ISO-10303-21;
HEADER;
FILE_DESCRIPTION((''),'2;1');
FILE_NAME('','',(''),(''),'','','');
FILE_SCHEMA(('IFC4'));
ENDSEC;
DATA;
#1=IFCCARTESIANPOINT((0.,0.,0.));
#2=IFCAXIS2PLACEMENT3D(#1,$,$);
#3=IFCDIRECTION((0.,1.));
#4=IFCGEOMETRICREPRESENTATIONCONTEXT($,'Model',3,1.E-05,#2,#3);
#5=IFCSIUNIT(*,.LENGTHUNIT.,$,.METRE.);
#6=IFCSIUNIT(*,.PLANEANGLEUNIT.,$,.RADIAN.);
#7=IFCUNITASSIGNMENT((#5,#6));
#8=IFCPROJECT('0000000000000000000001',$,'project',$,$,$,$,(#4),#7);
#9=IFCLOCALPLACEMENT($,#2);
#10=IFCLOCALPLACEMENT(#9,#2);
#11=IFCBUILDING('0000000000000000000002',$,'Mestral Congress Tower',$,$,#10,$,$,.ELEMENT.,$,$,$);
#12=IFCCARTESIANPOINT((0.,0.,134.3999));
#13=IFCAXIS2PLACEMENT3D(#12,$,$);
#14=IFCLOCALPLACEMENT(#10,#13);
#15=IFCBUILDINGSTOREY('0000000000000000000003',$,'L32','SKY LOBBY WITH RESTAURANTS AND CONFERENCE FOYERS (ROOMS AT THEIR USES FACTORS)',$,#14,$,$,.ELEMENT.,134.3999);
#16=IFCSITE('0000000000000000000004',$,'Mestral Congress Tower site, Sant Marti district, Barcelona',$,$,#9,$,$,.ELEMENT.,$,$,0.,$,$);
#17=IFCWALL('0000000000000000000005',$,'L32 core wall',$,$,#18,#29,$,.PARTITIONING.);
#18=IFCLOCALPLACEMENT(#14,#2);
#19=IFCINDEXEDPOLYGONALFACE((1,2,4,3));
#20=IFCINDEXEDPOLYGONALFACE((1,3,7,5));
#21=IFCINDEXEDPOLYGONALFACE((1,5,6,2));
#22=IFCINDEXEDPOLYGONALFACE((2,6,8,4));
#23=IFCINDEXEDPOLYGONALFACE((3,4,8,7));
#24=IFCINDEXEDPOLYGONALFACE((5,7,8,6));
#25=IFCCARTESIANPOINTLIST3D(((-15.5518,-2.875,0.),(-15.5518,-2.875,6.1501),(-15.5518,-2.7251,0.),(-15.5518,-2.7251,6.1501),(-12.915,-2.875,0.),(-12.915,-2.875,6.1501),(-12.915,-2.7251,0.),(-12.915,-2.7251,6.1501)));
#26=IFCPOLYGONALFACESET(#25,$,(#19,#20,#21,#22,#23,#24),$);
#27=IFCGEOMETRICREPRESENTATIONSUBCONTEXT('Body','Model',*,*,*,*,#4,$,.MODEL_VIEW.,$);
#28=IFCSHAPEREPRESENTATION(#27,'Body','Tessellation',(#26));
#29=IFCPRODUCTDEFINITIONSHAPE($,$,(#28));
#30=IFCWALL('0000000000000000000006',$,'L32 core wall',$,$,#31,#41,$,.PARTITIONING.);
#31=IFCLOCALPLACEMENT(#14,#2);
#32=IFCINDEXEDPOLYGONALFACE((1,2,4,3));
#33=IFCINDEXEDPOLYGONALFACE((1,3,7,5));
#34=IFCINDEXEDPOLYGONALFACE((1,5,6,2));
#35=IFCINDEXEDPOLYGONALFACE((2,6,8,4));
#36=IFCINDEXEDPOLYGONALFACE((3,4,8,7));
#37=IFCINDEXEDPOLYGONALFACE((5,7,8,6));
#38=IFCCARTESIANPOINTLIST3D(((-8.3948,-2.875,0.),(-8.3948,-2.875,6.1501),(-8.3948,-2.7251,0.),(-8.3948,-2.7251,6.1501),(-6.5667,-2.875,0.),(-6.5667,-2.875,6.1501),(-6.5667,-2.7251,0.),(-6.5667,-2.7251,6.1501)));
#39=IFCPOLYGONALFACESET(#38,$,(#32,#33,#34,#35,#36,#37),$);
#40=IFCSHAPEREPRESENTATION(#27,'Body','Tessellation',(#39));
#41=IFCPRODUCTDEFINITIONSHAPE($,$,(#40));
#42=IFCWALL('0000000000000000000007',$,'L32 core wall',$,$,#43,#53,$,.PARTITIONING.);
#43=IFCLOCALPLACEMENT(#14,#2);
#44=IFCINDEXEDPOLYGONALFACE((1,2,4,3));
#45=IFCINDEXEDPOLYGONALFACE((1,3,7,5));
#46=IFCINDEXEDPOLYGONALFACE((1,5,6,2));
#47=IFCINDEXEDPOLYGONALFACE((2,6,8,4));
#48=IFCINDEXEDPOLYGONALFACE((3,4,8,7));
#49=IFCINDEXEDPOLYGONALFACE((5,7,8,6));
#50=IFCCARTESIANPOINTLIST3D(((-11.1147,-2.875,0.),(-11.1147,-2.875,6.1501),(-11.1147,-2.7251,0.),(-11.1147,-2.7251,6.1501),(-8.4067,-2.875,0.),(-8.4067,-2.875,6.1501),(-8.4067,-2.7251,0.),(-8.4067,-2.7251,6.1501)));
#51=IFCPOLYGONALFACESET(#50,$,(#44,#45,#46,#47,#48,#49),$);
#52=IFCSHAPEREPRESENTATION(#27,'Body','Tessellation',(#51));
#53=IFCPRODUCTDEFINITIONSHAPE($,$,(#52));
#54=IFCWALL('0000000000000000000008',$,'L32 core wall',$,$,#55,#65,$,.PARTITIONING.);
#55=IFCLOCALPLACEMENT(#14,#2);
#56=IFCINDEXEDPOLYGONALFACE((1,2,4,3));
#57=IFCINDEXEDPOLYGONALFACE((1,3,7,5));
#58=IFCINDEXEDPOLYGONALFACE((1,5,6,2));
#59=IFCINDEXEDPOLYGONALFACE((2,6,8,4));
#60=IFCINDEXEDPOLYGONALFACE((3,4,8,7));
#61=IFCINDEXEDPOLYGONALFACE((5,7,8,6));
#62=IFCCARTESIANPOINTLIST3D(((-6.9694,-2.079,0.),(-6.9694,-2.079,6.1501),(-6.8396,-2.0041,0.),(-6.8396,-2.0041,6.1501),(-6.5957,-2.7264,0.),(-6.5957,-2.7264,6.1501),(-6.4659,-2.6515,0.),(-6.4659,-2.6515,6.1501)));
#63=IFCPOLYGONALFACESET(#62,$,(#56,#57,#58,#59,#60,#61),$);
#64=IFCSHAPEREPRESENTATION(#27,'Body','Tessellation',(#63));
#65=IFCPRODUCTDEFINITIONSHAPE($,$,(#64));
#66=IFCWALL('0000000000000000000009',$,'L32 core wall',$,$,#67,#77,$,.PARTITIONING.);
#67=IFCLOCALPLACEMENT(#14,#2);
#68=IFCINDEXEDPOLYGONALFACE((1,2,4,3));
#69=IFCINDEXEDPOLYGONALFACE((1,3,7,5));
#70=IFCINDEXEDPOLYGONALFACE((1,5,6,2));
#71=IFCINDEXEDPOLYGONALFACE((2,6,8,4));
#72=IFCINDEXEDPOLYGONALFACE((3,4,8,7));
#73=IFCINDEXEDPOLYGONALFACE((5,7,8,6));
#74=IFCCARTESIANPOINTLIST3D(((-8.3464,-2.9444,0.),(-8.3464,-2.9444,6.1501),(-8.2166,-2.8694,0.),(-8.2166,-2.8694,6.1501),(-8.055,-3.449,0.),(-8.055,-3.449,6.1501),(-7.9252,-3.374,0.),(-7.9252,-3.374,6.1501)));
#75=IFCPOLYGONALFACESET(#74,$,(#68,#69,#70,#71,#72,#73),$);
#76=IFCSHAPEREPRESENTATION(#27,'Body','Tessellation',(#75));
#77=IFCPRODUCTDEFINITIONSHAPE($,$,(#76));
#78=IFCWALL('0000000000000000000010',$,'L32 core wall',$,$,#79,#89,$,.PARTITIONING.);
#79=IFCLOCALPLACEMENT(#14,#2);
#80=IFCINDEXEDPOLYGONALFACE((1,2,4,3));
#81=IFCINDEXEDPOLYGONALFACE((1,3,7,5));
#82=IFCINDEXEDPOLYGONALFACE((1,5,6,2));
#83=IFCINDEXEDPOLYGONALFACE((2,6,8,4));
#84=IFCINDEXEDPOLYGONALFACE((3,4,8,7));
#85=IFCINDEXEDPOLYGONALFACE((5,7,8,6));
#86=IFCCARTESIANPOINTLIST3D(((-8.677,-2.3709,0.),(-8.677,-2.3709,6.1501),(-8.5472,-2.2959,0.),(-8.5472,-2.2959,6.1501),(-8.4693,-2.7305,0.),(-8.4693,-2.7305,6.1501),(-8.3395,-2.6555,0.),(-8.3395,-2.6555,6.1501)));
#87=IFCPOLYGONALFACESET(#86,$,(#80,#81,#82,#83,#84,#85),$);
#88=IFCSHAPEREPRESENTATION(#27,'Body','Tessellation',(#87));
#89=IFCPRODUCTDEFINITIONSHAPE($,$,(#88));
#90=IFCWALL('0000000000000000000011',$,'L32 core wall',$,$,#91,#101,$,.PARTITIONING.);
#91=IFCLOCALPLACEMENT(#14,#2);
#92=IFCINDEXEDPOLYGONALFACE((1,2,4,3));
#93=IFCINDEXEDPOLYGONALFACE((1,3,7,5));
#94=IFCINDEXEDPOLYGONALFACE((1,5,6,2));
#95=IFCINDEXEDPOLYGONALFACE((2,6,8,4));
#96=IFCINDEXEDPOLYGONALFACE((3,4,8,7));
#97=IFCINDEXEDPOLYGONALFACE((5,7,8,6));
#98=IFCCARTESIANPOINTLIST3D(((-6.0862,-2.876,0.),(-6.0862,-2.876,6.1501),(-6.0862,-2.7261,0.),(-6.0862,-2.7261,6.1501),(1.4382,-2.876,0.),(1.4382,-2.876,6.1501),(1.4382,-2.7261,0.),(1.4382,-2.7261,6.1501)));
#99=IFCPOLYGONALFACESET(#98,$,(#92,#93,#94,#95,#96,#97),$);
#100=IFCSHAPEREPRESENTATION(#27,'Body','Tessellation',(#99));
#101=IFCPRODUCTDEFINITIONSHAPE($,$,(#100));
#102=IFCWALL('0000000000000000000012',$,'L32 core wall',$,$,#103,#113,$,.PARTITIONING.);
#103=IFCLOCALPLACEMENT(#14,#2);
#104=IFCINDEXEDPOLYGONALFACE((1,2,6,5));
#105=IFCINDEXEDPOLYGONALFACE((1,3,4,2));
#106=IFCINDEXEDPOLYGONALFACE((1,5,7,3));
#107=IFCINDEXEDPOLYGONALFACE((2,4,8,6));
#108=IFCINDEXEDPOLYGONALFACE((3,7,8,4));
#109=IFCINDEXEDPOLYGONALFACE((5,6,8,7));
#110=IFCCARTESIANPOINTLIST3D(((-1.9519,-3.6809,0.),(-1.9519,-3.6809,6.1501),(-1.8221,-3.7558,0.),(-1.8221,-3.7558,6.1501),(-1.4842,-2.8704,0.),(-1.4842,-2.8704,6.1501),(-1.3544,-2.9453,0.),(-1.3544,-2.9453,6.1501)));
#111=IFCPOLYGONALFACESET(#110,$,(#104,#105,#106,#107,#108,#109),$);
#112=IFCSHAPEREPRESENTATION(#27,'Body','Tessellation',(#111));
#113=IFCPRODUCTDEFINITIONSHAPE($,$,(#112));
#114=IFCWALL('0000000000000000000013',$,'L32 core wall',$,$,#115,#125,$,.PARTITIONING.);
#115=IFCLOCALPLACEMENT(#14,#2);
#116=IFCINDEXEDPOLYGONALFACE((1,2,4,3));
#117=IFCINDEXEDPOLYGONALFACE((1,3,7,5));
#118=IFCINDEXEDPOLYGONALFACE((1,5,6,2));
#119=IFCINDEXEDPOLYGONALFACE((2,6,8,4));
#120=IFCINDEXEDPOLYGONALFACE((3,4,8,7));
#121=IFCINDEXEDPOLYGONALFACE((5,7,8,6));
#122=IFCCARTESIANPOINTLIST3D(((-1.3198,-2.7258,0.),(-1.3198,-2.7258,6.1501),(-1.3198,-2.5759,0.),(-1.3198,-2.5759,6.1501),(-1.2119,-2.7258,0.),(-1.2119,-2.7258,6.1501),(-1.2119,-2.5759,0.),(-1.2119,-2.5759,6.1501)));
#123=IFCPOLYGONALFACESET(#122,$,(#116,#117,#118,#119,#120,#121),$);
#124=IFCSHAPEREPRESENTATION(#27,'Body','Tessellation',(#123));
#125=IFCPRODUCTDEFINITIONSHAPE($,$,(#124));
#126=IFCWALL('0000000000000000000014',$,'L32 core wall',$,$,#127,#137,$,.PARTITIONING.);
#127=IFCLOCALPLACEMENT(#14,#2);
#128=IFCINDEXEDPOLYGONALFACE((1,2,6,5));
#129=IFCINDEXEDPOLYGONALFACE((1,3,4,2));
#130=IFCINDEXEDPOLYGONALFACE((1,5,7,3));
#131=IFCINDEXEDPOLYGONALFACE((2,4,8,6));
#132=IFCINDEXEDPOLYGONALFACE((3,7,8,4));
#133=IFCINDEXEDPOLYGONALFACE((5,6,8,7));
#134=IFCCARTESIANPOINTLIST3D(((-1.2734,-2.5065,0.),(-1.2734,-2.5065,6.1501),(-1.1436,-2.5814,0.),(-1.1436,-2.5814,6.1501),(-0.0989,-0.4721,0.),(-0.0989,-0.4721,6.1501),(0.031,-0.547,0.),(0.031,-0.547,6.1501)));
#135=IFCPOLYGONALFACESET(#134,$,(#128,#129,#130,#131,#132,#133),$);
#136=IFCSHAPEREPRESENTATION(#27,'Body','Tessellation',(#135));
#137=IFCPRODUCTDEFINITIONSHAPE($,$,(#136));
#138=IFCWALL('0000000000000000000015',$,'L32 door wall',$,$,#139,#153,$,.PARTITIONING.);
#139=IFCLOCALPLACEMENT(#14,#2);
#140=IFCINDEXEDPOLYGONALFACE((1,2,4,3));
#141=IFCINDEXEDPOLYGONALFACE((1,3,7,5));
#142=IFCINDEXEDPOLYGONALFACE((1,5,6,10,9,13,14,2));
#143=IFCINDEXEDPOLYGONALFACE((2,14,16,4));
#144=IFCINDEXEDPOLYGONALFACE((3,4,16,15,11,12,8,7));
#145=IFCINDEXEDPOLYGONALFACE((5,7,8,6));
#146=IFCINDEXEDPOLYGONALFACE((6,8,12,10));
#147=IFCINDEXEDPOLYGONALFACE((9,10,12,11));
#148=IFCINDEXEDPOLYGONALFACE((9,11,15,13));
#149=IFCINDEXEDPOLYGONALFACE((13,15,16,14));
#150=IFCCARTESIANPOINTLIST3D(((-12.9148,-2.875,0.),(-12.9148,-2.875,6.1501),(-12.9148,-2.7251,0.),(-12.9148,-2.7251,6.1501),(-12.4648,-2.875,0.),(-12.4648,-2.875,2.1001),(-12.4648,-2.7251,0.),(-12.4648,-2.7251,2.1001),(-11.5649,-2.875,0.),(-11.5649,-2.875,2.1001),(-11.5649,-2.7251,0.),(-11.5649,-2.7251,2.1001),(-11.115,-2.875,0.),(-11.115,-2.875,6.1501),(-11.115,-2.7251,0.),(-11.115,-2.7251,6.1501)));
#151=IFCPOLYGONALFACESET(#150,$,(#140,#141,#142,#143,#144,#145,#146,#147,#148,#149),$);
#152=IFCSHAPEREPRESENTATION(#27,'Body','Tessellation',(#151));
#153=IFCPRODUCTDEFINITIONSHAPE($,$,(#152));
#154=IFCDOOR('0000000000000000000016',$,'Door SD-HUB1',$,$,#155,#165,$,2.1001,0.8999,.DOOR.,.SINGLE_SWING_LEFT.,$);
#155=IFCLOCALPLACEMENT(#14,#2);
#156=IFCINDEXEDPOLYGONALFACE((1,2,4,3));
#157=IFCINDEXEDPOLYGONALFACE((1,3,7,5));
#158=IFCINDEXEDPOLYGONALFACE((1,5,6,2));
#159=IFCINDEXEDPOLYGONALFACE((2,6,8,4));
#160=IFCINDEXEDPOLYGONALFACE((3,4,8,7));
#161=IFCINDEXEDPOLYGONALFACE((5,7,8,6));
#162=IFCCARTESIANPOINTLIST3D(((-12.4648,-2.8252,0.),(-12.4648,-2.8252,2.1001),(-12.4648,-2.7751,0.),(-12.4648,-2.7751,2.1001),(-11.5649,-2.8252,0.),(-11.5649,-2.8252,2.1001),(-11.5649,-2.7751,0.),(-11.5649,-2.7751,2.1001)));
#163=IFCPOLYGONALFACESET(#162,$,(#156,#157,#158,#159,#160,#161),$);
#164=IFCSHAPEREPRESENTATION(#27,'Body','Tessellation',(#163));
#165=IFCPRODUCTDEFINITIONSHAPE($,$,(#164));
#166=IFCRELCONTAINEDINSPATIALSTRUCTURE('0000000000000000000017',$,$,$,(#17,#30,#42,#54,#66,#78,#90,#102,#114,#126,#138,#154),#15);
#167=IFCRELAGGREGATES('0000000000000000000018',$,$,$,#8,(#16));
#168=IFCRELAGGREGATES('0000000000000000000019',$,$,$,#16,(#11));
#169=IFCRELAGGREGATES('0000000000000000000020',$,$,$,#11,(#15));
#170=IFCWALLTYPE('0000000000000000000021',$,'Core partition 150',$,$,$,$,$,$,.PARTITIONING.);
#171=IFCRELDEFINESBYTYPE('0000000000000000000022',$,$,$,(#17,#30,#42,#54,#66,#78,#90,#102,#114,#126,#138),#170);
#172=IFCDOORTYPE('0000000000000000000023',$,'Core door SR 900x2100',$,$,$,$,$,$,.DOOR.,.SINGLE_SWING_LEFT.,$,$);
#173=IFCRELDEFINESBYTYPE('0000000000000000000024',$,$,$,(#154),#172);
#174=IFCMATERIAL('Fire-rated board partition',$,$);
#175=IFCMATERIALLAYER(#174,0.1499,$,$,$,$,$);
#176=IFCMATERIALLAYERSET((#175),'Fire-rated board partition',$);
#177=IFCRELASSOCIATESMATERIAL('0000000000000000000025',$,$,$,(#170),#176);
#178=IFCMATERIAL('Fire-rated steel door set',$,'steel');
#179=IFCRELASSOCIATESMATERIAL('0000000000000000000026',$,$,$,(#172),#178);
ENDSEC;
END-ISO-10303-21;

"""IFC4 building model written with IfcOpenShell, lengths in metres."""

from ifc_helpers import new_model, si_unit, direction, frame, frame_2d, origin, place, context, subcontext, project, spatial, rectangle, extrude, material, layer, layer_set, type_object, element, fill, save


model = new_model("IFC4")

# Units and contexts
model_context = context("Model", 3, precision=1e-05, world=origin(), true_north=direction((0.0, 1.0)))
body_context = subcontext(model_context, "Body", "Model", "MODEL_VIEW")
ifc_project = project(units=[si_unit("LENGTHUNIT", "METRE"), si_unit("PLANEANGLEUNIT", "RADIAN")], contexts=[model_context])

# Site, building, storey
site_placement = place(None, origin())
site = spatial("IfcSite", under=ifc_project, at=site_placement, Name="Mestral Congress Tower site, Sant Marti district, Barcelona", CompositionType="ELEMENT", RefElevation=0.0)
building_placement = place(site_placement, origin())
building = spatial("IfcBuilding", under=site, at=building_placement, Name="Mestral Congress Tower", CompositionType="ELEMENT")
storey_placement = place(building_placement, frame((0.0, 0.0, 134.3999)))
storey = spatial("IfcBuildingStorey", under=building, at=storey_placement, Name="L32", Description="SKY LOBBY WITH RESTAURANTS AND CONFERENCE FOYERS (ROOMS AT THEIR USES FACTORS)", CompositionType="ELEMENT", Elevation=134.3999)

# Walls
ifc_material_1 = material(Name="Fire-rated board partition")
ifc_layer_1 = layer(ifc_material_1, 0.1499)
ifc_layer_set_1 = layer_set([ifc_layer_1], Name="Fire-rated board partition")
wall_type_1 = type_object("IfcWallType", Name="Core partition 150", PredefinedType="PARTITIONING", material=ifc_layer_set_1)
wall_1_placement = place(storey_placement, frame((-12.915, -2.8, 0.0), z_axis=(0.0, 0.0, 1.0), x_axis=(-1.0, 0.0, 0.0)))
element("IfcWall", 1, at=wall_1_placement, inside=storey, type_object=wall_type_1, Name="L32 core wall", PredefinedType="PARTITIONING", context=body_context, shape_type="SweptSolid", body=[
    extrude(rectangle(XDim=2.6367, YDim=0.1499, at=frame_2d((1.3184, 0.0))), origin(), (0.0, 0.0, 1.0), 6.1501),
])
wall_2_placement = place(storey_placement, frame((-8.3948, -2.8, 0.0), z_axis=(0.0, 0.0, 1.0), x_axis=(1.0, 0.0, 0.0)))
element("IfcWall", 2, at=wall_2_placement, inside=storey, type_object=wall_type_1, Name="L32 core wall", PredefinedType="PARTITIONING", context=body_context, shape_type="SweptSolid", body=[
    extrude(rectangle(XDim=1.8281, YDim=0.1499, at=frame_2d((0.9141, 0.0))), origin(), (0.0, 0.0, 1.0), 6.1501),
])
wall_3_placement = place(storey_placement, frame((-11.1147, -2.8, 0.0), z_axis=(0.0, 0.0, 1.0), x_axis=(1.0, 0.0, 0.0)))
element("IfcWall", 3, at=wall_3_placement, inside=storey, type_object=wall_type_1, Name="L32 core wall", PredefinedType="PARTITIONING", context=body_context, shape_type="SweptSolid", body=[
    extrude(rectangle(XDim=2.708, YDim=0.1499, at=frame_2d((1.354, 0.0))), origin(), (0.0, 0.0, 1.0), 6.1501),
])
wall_4_placement = place(storey_placement, frame((-6.5308, -2.689, 0.0), z_axis=(0.0, 0.0, 1.0), x_axis=(-0.499967, 0.866044, 0.0)))
element("IfcWall", 4, at=wall_4_placement, inside=storey, type_object=wall_type_1, Name="L32 core wall", PredefinedType="PARTITIONING", context=body_context, shape_type="SweptSolid", body=[
    extrude(rectangle(XDim=0.7476, YDim=0.1499, at=frame_2d((0.3738, 0.0))), origin(), (0.0, 0.0, 1.0), 6.1501),
])
wall_5_placement = place(storey_placement, frame((-7.99, -3.4116, 0.0), z_axis=(0.0, 0.0, 1.0), x_axis=(-0.500194, 0.865913, 0.0)))
element("IfcWall", 5, at=wall_5_placement, inside=storey, type_object=wall_type_1, Name="L32 core wall", PredefinedType="PARTITIONING", context=body_context, shape_type="SweptSolid", body=[
    extrude(rectangle(XDim=0.5828, YDim=0.1499, at=frame_2d((0.2915, 0.0))), origin(), (0.0, 0.0, 1.0), 6.1501),
])
wall_6_placement = place(storey_placement, frame((-8.6121, -2.3335, 0.0), z_axis=(0.0, 0.0, 1.0), x_axis=(0.500248, -0.865882, 0.0)))
element("IfcWall", 6, at=wall_6_placement, inside=storey, type_object=wall_type_1, Name="L32 core wall", PredefinedType="PARTITIONING", context=body_context, shape_type="SweptSolid", body=[
    extrude(rectangle(XDim=0.4153, YDim=0.1499, at=frame_2d((0.2075, 0.0))), origin(), (0.0, 0.0, 1.0), 6.1501),
])
wall_7_placement = place(storey_placement, frame((-6.0862, -2.801, 0.0), z_axis=(0.0, 0.0, 1.0), x_axis=(1.0, 0.0, 0.0)))
element("IfcWall", 7, at=wall_7_placement, inside=storey, type_object=wall_type_1, Name="L32 core wall", PredefinedType="PARTITIONING", context=body_context, shape_type="SweptSolid", body=[
    extrude(rectangle(XDim=7.5244, YDim=0.1499, at=frame_2d((3.7622, 0.0))), origin(), (0.0, 0.0, 1.0), 6.1501),
])
wall_8_placement = place(storey_placement, frame((-1.887, -3.7183, 0.0), z_axis=(0.0, 0.0, 1.0), x_axis=(0.499843, 0.866116, 0.0)))
element("IfcWall", 8, at=wall_8_placement, inside=storey, type_object=wall_type_1, Name="L32 core wall", PredefinedType="PARTITIONING", context=body_context, shape_type="SweptSolid", body=[
    extrude(rectangle(XDim=0.9358, YDim=0.1499, at=frame_2d((0.4678, 0.0))), origin(), (0.0, 0.0, 1.0), 6.1501),
])
wall_9_placement = place(storey_placement, frame((-1.2119, -2.6509, 0.0), z_axis=(0.0, 0.0, 1.0), x_axis=(-1.0, 0.0, 0.0)))
element("IfcWall", 9, at=wall_9_placement, inside=storey, type_object=wall_type_1, Name="L32 core wall", PredefinedType="PARTITIONING", context=body_context, shape_type="SweptSolid", body=[
    extrude(rectangle(XDim=0.1079, YDim=0.1499, at=frame_2d((0.054, 0.0))), origin(), (0.0, 0.0, 1.0), 6.1501),
])
wall_10_placement = place(storey_placement, frame((-1.2085, -2.5439, 0.0), z_axis=(0.0, 0.0, 1.0), x_axis=(0.499995, 0.866028, 0.0)))
element("IfcWall", 10, at=wall_10_placement, inside=storey, type_object=wall_type_1, Name="L32 core wall", PredefinedType="PARTITIONING", context=body_context, shape_type="SweptSolid", body=[
    extrude(rectangle(XDim=2.3491, YDim=0.1499, at=frame_2d((1.1746, 0.0))), origin(), (0.0, 0.0, 1.0), 6.1501),
])

# Wall, opening, door
wall_11_placement = place(storey_placement, frame((-12.9148, -2.8, 0.0), z_axis=(0.0, 0.0, 1.0), x_axis=(1.0, 0.0, 0.0)))
wall_11 = element("IfcWall", 11, at=wall_11_placement, inside=storey, type_object=wall_type_1, Name="L32 door wall", PredefinedType="PARTITIONING", context=body_context, shape_type="SweptSolid", body=[
    extrude(rectangle(XDim=1.7998, YDim=0.1499, at=frame_2d((0.8999, 0.0))), origin(), (0.0, 0.0, 1.0), 6.1501),
])
opening_1_placement = place(wall_11_placement, frame((0.45, 0.0, 0.0)))
opening_1 = element("IfcOpeningElement", 12, at=opening_1_placement, cuts=wall_11, PredefinedType="OPENING", context=body_context, shape_type="SweptSolid", body=[
    extrude(rectangle(XDim=0.8999, YDim=2.1001, at=frame_2d((0.45, 1.05))), frame((0.0, 0.085, 0.0), z_axis=(0.0, -1.0, 0.0), x_axis=(1.0, 0.0, 0.0)), (0.0, 0.0, 1.0), 0.1699),
])
ifc_material_2 = material(Name="Fire-rated steel door set", Category="steel")
door_type_1 = type_object("IfcDoorType", Name="Core door SR 900x2100", OperationType="SINGLE_SWING_LEFT", PredefinedType="DOOR", material=ifc_material_2)
door_1_placement = place(opening_1_placement, origin())
door_1 = element("IfcDoor", 13, at=door_1_placement, inside=storey, type_object=door_type_1, Name="Door SD-HUB1", OperationType="SINGLE_SWING_LEFT", OverallHeight=2.1001, OverallWidth=0.8999, PredefinedType="DOOR", context=body_context, shape_type="SweptSolid", body=[
    extrude(rectangle(XDim=0.8999, YDim=2.1001, at=frame_2d((0.45, 1.05))), frame((0.0, 0.0249, 0.0), z_axis=(0.0, -1.0, 0.0), x_axis=(1.0, 0.0, 0.0)), (0.0, 0.0, 1.0), 0.05),
])
fill(opening_1, door_1)

save(model, "model.ifc")
